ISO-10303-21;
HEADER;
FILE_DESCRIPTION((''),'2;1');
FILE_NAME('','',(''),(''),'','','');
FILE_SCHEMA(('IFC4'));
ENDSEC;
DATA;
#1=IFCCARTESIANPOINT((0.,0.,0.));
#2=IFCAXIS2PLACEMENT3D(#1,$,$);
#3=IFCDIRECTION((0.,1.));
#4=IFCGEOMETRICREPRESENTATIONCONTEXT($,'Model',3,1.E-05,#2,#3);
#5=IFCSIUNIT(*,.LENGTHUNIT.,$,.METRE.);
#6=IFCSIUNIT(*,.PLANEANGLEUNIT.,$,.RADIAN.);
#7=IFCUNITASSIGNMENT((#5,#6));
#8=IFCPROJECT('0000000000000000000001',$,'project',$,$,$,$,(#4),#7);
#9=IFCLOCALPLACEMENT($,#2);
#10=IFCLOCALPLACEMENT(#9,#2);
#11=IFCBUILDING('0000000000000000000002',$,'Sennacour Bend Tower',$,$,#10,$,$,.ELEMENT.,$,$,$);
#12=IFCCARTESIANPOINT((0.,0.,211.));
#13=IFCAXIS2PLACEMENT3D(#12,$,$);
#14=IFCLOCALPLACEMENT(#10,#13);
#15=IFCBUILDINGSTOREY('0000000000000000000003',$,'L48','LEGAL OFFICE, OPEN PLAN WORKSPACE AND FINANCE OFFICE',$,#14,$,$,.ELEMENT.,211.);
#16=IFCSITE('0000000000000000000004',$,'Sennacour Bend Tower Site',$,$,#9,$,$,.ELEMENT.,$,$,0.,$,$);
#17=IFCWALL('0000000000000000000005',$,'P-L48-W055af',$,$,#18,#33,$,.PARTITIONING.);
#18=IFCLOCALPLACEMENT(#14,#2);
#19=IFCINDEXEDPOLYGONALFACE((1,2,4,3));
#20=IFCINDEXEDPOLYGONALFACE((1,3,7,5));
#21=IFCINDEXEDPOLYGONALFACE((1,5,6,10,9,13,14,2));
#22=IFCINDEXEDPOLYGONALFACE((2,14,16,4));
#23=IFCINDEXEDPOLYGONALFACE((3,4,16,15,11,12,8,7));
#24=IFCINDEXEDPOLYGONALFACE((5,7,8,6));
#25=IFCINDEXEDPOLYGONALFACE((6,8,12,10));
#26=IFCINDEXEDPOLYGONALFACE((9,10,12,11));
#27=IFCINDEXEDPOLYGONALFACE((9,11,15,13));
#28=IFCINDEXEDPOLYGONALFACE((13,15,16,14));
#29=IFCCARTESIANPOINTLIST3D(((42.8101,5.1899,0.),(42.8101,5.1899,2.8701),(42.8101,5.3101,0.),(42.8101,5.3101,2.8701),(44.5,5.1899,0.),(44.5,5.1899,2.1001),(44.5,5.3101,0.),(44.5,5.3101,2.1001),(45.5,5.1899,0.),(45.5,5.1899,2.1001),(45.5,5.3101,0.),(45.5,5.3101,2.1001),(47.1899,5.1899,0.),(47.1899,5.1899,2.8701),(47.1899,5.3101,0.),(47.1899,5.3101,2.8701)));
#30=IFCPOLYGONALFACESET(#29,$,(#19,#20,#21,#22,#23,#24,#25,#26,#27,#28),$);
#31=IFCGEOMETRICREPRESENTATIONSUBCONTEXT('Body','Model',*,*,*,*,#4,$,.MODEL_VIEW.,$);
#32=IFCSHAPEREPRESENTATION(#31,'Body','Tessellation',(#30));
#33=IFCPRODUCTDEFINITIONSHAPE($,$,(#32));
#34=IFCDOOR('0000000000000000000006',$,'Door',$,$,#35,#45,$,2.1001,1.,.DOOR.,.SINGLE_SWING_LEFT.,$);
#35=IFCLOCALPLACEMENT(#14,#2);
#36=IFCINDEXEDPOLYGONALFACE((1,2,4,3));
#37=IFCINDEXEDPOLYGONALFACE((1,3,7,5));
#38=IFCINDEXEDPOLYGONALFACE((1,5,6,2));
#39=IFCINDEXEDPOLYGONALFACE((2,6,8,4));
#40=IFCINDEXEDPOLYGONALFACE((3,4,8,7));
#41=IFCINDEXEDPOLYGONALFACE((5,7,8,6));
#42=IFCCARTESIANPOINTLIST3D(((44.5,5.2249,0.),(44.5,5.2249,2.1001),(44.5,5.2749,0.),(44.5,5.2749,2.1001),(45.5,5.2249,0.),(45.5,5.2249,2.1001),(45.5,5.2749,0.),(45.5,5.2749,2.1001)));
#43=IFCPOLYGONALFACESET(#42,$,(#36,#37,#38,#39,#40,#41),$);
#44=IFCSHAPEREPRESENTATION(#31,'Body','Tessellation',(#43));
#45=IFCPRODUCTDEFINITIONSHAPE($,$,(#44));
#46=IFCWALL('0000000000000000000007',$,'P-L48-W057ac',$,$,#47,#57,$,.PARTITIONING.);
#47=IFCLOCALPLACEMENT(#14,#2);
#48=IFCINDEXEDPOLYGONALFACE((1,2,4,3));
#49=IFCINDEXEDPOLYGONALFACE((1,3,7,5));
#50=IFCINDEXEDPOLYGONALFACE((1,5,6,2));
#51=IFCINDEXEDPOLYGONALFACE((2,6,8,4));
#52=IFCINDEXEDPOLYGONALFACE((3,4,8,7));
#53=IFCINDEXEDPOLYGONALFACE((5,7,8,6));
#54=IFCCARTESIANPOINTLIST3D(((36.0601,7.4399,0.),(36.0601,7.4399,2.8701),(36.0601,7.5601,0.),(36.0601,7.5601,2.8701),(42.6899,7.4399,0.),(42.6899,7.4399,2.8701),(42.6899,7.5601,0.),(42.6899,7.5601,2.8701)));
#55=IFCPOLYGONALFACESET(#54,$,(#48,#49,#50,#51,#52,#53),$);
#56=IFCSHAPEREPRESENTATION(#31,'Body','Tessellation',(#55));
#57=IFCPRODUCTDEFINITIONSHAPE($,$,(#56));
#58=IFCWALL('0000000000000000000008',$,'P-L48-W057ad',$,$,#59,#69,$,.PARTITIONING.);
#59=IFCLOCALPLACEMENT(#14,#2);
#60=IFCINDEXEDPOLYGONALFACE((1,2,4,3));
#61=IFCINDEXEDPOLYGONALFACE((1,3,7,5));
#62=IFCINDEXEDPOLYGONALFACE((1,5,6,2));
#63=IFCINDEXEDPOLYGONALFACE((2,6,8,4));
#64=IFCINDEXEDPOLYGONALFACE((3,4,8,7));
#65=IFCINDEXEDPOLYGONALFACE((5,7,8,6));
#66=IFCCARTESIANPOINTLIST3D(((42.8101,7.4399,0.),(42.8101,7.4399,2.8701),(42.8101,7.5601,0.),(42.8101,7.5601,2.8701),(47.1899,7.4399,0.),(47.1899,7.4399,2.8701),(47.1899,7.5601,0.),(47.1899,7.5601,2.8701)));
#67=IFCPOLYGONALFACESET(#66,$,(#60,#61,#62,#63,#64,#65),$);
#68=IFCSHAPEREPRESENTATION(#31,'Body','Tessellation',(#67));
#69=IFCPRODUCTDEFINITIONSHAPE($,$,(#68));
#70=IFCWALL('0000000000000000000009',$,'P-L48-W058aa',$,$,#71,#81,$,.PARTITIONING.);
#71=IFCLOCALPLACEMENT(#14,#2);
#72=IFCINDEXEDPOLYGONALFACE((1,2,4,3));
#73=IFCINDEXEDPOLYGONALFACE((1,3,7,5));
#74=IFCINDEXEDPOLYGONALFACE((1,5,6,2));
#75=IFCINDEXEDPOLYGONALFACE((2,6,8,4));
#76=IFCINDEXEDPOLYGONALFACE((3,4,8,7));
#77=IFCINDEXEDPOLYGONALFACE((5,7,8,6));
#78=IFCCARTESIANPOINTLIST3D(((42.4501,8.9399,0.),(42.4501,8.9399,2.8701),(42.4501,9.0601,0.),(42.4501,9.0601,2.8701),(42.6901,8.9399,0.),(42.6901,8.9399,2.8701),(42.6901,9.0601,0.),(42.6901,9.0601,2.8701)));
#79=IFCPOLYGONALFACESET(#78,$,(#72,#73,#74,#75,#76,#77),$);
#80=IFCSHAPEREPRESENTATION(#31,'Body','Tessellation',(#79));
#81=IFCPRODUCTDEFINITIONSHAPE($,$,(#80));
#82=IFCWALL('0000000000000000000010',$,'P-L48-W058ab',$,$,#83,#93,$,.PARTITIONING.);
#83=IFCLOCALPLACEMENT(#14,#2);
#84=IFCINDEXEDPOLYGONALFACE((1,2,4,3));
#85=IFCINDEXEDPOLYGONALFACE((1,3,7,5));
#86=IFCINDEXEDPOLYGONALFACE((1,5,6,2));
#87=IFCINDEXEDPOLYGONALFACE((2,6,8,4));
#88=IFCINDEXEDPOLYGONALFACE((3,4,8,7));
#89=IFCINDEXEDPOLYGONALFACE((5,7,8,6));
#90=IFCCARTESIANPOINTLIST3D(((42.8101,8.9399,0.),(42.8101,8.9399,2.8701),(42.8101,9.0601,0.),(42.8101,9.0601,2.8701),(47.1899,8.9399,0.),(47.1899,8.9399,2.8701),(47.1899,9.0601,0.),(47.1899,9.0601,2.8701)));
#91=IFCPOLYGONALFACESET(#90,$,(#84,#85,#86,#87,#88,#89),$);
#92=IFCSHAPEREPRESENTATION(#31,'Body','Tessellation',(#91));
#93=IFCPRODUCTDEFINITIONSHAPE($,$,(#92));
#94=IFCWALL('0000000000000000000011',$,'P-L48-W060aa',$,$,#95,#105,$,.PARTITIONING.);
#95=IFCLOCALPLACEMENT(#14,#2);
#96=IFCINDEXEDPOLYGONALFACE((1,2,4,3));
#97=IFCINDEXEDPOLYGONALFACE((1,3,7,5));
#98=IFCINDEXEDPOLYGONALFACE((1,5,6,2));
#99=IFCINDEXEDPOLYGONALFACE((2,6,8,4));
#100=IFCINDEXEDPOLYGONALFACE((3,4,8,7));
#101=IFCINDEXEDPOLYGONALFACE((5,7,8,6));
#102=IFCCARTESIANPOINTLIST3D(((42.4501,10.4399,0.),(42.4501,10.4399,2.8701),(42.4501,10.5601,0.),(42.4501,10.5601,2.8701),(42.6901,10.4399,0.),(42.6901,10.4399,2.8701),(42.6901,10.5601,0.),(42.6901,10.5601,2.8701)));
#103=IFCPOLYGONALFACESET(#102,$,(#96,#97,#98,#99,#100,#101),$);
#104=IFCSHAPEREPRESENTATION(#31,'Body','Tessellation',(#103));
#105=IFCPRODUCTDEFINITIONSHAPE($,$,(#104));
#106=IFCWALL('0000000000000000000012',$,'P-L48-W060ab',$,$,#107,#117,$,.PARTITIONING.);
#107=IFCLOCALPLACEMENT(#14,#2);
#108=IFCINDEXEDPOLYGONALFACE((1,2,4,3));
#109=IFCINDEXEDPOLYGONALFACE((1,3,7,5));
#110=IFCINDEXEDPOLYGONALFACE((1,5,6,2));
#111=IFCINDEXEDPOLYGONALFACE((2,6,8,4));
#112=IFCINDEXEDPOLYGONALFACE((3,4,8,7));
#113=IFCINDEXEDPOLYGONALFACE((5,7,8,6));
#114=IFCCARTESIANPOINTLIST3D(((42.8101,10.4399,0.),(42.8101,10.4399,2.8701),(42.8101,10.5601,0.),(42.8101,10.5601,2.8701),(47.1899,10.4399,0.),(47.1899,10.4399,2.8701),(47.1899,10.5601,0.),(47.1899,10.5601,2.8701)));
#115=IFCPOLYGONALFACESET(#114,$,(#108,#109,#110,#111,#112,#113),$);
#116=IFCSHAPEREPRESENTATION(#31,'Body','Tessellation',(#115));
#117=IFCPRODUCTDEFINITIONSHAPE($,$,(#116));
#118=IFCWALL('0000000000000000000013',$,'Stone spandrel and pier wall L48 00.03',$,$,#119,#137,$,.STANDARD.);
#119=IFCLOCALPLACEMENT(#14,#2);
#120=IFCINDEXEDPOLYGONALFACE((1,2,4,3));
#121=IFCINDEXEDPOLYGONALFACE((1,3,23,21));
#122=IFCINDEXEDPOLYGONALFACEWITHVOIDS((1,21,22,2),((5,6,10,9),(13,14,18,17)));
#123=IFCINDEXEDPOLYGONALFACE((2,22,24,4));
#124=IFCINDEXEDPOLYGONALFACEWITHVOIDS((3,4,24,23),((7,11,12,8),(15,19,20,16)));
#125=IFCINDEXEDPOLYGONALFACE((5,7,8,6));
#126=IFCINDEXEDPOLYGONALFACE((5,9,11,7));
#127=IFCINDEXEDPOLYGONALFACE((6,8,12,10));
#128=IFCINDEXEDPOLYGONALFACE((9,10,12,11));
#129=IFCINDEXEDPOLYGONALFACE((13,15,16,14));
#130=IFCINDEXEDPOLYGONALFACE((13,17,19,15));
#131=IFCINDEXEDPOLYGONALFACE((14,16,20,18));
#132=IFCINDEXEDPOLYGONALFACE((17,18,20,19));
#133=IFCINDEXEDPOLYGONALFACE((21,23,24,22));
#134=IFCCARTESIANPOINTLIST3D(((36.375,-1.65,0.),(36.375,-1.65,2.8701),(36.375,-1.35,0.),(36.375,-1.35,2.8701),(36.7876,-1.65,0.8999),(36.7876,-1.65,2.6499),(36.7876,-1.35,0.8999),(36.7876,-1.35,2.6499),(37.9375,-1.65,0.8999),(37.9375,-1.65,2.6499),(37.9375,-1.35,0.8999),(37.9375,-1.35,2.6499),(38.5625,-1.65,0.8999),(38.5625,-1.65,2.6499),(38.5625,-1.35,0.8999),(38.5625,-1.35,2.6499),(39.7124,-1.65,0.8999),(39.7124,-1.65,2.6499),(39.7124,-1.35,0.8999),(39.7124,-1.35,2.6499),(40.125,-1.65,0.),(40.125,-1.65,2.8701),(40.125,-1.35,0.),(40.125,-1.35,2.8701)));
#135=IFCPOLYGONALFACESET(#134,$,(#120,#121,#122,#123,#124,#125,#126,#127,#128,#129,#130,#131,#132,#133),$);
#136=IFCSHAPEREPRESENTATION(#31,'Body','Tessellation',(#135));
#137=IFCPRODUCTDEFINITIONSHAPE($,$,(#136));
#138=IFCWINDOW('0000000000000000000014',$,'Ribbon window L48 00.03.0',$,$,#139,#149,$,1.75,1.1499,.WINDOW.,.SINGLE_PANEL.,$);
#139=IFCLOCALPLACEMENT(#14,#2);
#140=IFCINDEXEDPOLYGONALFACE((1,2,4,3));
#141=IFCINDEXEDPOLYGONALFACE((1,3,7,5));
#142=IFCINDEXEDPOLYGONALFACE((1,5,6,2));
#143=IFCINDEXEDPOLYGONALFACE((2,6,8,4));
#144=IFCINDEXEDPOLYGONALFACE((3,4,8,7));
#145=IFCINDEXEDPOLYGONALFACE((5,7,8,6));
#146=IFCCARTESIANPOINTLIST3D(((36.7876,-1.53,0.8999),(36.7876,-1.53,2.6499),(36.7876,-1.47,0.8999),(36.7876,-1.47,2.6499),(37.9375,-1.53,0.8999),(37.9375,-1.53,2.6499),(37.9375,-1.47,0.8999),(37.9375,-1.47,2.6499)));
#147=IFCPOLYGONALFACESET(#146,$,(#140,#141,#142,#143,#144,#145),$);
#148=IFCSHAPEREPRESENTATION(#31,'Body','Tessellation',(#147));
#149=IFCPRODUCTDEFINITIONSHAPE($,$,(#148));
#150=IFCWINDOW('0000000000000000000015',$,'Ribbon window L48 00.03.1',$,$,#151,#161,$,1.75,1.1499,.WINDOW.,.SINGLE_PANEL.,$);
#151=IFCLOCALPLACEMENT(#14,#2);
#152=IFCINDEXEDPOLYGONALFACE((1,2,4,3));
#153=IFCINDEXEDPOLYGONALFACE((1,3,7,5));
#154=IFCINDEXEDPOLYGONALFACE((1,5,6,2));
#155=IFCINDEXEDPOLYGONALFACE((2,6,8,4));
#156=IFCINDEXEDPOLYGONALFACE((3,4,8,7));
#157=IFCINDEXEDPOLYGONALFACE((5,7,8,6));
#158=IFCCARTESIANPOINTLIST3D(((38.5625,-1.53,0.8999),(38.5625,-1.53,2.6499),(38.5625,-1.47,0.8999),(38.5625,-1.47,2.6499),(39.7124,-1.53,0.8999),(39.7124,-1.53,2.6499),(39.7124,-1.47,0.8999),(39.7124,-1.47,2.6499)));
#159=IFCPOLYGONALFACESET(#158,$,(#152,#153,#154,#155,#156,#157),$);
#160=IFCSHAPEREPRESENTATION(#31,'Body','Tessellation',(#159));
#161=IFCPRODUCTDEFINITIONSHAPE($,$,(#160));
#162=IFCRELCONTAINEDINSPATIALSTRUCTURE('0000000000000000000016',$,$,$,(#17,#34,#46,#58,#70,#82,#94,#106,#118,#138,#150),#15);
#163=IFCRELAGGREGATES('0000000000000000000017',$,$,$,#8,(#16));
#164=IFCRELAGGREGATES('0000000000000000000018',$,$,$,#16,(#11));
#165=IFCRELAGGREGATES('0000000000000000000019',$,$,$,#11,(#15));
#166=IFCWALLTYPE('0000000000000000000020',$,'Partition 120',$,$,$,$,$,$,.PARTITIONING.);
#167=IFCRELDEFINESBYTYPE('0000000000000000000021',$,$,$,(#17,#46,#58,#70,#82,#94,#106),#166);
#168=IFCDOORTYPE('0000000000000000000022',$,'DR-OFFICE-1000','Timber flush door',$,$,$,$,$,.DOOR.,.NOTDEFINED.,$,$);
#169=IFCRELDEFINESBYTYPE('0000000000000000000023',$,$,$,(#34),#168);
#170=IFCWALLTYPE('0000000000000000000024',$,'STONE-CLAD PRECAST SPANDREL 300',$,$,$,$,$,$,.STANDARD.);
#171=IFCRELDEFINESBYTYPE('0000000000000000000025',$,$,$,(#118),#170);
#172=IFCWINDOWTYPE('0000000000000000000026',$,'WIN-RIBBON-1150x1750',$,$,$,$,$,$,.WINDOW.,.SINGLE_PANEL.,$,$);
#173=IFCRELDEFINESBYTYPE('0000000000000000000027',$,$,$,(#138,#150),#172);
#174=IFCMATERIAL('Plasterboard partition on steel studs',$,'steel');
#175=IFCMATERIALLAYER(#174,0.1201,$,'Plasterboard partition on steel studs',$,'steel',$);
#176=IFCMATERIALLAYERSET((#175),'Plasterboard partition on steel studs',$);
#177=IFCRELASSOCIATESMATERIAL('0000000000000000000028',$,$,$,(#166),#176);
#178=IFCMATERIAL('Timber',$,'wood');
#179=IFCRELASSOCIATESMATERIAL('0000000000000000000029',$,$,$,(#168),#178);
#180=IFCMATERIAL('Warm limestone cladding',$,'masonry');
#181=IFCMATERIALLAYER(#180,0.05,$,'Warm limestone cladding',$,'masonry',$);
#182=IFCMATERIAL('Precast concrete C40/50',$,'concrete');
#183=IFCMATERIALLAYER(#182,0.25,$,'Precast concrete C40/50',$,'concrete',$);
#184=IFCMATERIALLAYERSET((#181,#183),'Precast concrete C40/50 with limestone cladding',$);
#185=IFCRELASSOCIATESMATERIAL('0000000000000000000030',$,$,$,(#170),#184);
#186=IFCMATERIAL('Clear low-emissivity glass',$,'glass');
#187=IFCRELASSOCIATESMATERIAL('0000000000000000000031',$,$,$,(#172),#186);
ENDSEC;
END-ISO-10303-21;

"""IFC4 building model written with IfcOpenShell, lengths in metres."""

from ifc_helpers import new_model, si_unit, direction, frame, frame_2d, origin, place, context, subcontext, project, spatial, rectangle, extrude, material, layer, layer_set, type_object, element, fill, save


model = new_model("IFC4")

# Units and contexts
model_context = context("Model", 3, precision=1e-05, world=origin(), true_north=direction((0.0, 1.0)))
body_context = subcontext(model_context, "Body", "Model", "MODEL_VIEW")
ifc_project = project(units=[si_unit("LENGTHUNIT", "METRE"), si_unit("PLANEANGLEUNIT", "RADIAN")], contexts=[model_context])

# Site, building, storey
site_placement = place(None, origin())
site = spatial("IfcSite", under=ifc_project, at=site_placement, Name="Sennacour Bend Tower Site", CompositionType="ELEMENT", RefElevation=0.0)
building_placement = place(site_placement, origin())
building = spatial("IfcBuilding", under=site, at=building_placement, Name="Sennacour Bend Tower", CompositionType="ELEMENT")
storey_placement = place(building_placement, frame((0.0, 0.0, 211.0)))
storey = spatial("IfcBuildingStorey", under=building, at=storey_placement, Name="L48", Description="LEGAL OFFICE, OPEN PLAN WORKSPACE AND FINANCE OFFICE", CompositionType="ELEMENT", Elevation=211.0)

# Shared definitions
ifc_material_1 = material(Name="Plasterboard partition on steel studs", Category="steel")
ifc_layer_1 = layer(ifc_material_1, 0.1201, Name="Plasterboard partition on steel studs", Category="steel")
ifc_layer_set_1 = layer_set([ifc_layer_1], Name="Plasterboard partition on steel studs")
wall_type_1 = type_object("IfcWallType", Name="Partition 120", PredefinedType="PARTITIONING", material=ifc_layer_set_1)

# Wall, opening, door
ifc_material_2 = material(Name="Timber", Category="wood")
wall_1_placement = place(storey_placement, frame((42.8101, 5.25, 0.0), z_axis=(0.0, 0.0, 1.0), x_axis=(1.0, 0.0, 0.0)))
wall_1 = element("IfcWall", 1, at=wall_1_placement, inside=storey, type_object=wall_type_1, Name="P-L48-W055af", PredefinedType="PARTITIONING", context=body_context, shape_type="SweptSolid", body=[
    extrude(rectangle(XDim=4.3799, YDim=0.1201, at=frame_2d((2.1899, 0.0))), origin(), (0.0, 0.0, 1.0), 2.8701),
])
opening_1_placement = place(wall_1_placement, frame((1.6899, 0.0, 0.0)))
opening_1 = element("IfcOpeningElement", 2, at=opening_1_placement, cuts=wall_1, PredefinedType="OPENING", context=body_context, shape_type="SweptSolid", body=[
    extrude(rectangle(XDim=1.0, YDim=2.1001, at=frame_2d((0.5, 1.05))), frame((0.0, 0.0701, 0.0), z_axis=(0.0, -1.0, 0.0), x_axis=(1.0, 0.0, 0.0)), (0.0, 0.0, 1.0), 0.1401),
])
door_type_1 = type_object("IfcDoorType", Name="DR-OFFICE-1000", Description="Timber flush door", OperationType="NOTDEFINED", PredefinedType="DOOR", material=ifc_material_2)
door_1_placement = place(opening_1_placement, origin())
door_1 = element("IfcDoor", 3, at=door_1_placement, inside=storey, type_object=door_type_1, Name="Door", OperationType="SINGLE_SWING_LEFT", OverallHeight=2.1001, OverallWidth=1.0, PredefinedType="DOOR", context=body_context, shape_type="SweptSolid", body=[
    extrude(rectangle(XDim=1.0, YDim=2.1001, at=frame_2d((0.5, 1.05))), frame((0.0, 0.0249, 0.0), z_axis=(0.0, -1.0, 0.0), x_axis=(1.0, 0.0, 0.0)), (0.0, 0.0, 1.0), 0.05),
])
fill(opening_1, door_1)

# Walls
wall_2_placement = place(storey_placement, frame((36.0601, 7.5, 0.0), z_axis=(0.0, 0.0, 1.0), x_axis=(1.0, 0.0, 0.0)))
element("IfcWall", 4, at=wall_2_placement, inside=storey, type_object=wall_type_1, Name="P-L48-W057ac", PredefinedType="PARTITIONING", context=body_context, shape_type="SweptSolid", body=[
    extrude(rectangle(XDim=6.6299, YDim=0.1201, at=frame_2d((3.3149, 0.0))), origin(), (0.0, 0.0, 1.0), 2.8701),
])
wall_3_placement = place(storey_placement, frame((42.8101, 7.5, 0.0), z_axis=(0.0, 0.0, 1.0), x_axis=(1.0, 0.0, 0.0)))
element("IfcWall", 5, at=wall_3_placement, inside=storey, type_object=wall_type_1, Name="P-L48-W057ad", PredefinedType="PARTITIONING", context=body_context, shape_type="SweptSolid", body=[
    extrude(rectangle(XDim=4.3799, YDim=0.1201, at=frame_2d((2.1899, 0.0))), origin(), (0.0, 0.0, 1.0), 2.8701),
])
wall_4_placement = place(storey_placement, frame((42.45, 9.0, 0.0), z_axis=(0.0, 0.0, 1.0), x_axis=(1.0, 0.0, 0.0)))
element("IfcWall", 6, at=wall_4_placement, inside=storey, type_object=wall_type_1, Name="P-L48-W058aa", PredefinedType="PARTITIONING", context=body_context, shape_type="SweptSolid", body=[
    extrude(rectangle(XDim=0.24, YDim=0.1201, at=frame_2d((0.1201, 0.0))), origin(), (0.0, 0.0, 1.0), 2.8701),
])
wall_5_placement = place(storey_placement, frame((42.8101, 9.0, 0.0), z_axis=(0.0, 0.0, 1.0), x_axis=(1.0, 0.0, 0.0)))
element("IfcWall", 7, at=wall_5_placement, inside=storey, type_object=wall_type_1, Name="P-L48-W058ab", PredefinedType="PARTITIONING", context=body_context, shape_type="SweptSolid", body=[
    extrude(rectangle(XDim=4.3799, YDim=0.1201, at=frame_2d((2.1899, 0.0))), origin(), (0.0, 0.0, 1.0), 2.8701),
])
wall_6_placement = place(storey_placement, frame((42.45, 10.5, 0.0), z_axis=(0.0, 0.0, 1.0), x_axis=(1.0, 0.0, 0.0)))
element("IfcWall", 8, at=wall_6_placement, inside=storey, type_object=wall_type_1, Name="P-L48-W060aa", PredefinedType="PARTITIONING", context=body_context, shape_type="SweptSolid", body=[
    extrude(rectangle(XDim=0.24, YDim=0.1201, at=frame_2d((0.1201, 0.0))), origin(), (0.0, 0.0, 1.0), 2.8701),
])
wall_7_placement = place(storey_placement, frame((42.8101, 10.5, 0.0), z_axis=(0.0, 0.0, 1.0), x_axis=(1.0, 0.0, 0.0)))
element("IfcWall", 9, at=wall_7_placement, inside=storey, type_object=wall_type_1, Name="P-L48-W060ab", PredefinedType="PARTITIONING", context=body_context, shape_type="SweptSolid", body=[
    extrude(rectangle(XDim=4.3799, YDim=0.1201, at=frame_2d((2.1899, 0.0))), origin(), (0.0, 0.0, 1.0), 2.8701),
])

# Wall, openings, windows
ifc_material_3 = material(Name="Warm limestone cladding", Category="masonry")
ifc_layer_2 = layer(ifc_material_3, 0.05, Name="Warm limestone cladding", Category="masonry")
ifc_material_4 = material(Name="Precast concrete C40/50", Category="concrete")
ifc_layer_3 = layer(ifc_material_4, 0.25, Name="Precast concrete C40/50", Category="concrete")
ifc_layer_set_2 = layer_set([ifc_layer_2, ifc_layer_3], Name="Precast concrete C40/50 with limestone cladding")
wall_type_2 = type_object("IfcWallType", Name="STONE-CLAD PRECAST SPANDREL 300", PredefinedType="STANDARD", material=ifc_layer_set_2)
wall_8_placement = place(storey_placement, frame((36.375, -1.5, 0.0), z_axis=(0.0, 0.0, 1.0), x_axis=(1.0, 0.0, 0.0)))
wall_8 = element("IfcWall", 10, at=wall_8_placement, inside=storey, type_object=wall_type_2, Name="Stone spandrel and pier wall L48 00.03", PredefinedType="STANDARD", context=body_context, shape_type="SweptSolid", body=[
    extrude(rectangle(XDim=3.75, YDim=0.3, at=frame_2d((1.875, 0.0))), origin(), (0.0, 0.0, 1.0), 2.8701),
])
opening_2_placement = place(wall_8_placement, frame((0.4126, 0.0, 0.8999)))
opening_2 = element("IfcOpeningElement", 11, at=opening_2_placement, cuts=wall_8, PredefinedType="OPENING", context=body_context, shape_type="SweptSolid", body=[
    extrude(rectangle(XDim=1.1499, YDim=1.75, at=frame_2d((0.575, 0.875))), frame((0.0, 0.1602, 0.0), z_axis=(0.0, -1.0, 0.0), x_axis=(1.0, 0.0, 0.0)), (0.0, 0.0, 1.0), 0.3201),
])
opening_3_placement = place(wall_8_placement, frame((2.1875, 0.0, 0.8999)))
opening_3 = element("IfcOpeningElement", 12, at=opening_3_placement, cuts=wall_8, PredefinedType="OPENING", context=body_context, shape_type="SweptSolid", body=[
    extrude(rectangle(XDim=1.1499, YDim=1.75, at=frame_2d((0.575, 0.875))), frame((0.0, 0.1602, 0.0), z_axis=(0.0, -1.0, 0.0), x_axis=(1.0, 0.0, 0.0)), (0.0, 0.0, 1.0), 0.3201),
])
ifc_material_5 = material(Name="Clear low-emissivity glass", Category="glass")
window_type = type_object("IfcWindowType", Name="WIN-RIBBON-1150x1750", PartitioningType="SINGLE_PANEL", PredefinedType="WINDOW", material=ifc_material_5)
window_1_placement = place(opening_2_placement, origin())
window_1 = element("IfcWindow", 13, at=window_1_placement, inside=storey, type_object=window_type, Name="Ribbon window L48 00.03.0", OverallHeight=1.75, OverallWidth=1.1499, PartitioningType="SINGLE_PANEL", PredefinedType="WINDOW", context=body_context, shape_type="SweptSolid", body=[
    extrude(rectangle(XDim=1.1499, YDim=1.75, at=frame_2d((0.575, 0.875))), frame((0.0, 0.03, 0.0), z_axis=(0.0, -1.0, 0.0), x_axis=(1.0, 0.0, 0.0)), (0.0, 0.0, 1.0), 0.0601),
])
fill(opening_2, window_1)
window_2_placement = place(opening_3_placement, origin())
window_2 = element("IfcWindow", 14, at=window_2_placement, inside=storey, type_object=window_type, Name="Ribbon window L48 00.03.1", OverallHeight=1.75, OverallWidth=1.1499, PartitioningType="SINGLE_PANEL", PredefinedType="WINDOW", context=body_context, shape_type="SweptSolid", body=[
    extrude(rectangle(XDim=1.1499, YDim=1.75, at=frame_2d((0.575, 0.875))), frame((0.0, 0.03, 0.0), z_axis=(0.0, -1.0, 0.0), x_axis=(1.0, 0.0, 0.0)), (0.0, 0.0, 1.0), 0.0601),
])
fill(opening_3, window_2)

save(model, "model.ifc")
